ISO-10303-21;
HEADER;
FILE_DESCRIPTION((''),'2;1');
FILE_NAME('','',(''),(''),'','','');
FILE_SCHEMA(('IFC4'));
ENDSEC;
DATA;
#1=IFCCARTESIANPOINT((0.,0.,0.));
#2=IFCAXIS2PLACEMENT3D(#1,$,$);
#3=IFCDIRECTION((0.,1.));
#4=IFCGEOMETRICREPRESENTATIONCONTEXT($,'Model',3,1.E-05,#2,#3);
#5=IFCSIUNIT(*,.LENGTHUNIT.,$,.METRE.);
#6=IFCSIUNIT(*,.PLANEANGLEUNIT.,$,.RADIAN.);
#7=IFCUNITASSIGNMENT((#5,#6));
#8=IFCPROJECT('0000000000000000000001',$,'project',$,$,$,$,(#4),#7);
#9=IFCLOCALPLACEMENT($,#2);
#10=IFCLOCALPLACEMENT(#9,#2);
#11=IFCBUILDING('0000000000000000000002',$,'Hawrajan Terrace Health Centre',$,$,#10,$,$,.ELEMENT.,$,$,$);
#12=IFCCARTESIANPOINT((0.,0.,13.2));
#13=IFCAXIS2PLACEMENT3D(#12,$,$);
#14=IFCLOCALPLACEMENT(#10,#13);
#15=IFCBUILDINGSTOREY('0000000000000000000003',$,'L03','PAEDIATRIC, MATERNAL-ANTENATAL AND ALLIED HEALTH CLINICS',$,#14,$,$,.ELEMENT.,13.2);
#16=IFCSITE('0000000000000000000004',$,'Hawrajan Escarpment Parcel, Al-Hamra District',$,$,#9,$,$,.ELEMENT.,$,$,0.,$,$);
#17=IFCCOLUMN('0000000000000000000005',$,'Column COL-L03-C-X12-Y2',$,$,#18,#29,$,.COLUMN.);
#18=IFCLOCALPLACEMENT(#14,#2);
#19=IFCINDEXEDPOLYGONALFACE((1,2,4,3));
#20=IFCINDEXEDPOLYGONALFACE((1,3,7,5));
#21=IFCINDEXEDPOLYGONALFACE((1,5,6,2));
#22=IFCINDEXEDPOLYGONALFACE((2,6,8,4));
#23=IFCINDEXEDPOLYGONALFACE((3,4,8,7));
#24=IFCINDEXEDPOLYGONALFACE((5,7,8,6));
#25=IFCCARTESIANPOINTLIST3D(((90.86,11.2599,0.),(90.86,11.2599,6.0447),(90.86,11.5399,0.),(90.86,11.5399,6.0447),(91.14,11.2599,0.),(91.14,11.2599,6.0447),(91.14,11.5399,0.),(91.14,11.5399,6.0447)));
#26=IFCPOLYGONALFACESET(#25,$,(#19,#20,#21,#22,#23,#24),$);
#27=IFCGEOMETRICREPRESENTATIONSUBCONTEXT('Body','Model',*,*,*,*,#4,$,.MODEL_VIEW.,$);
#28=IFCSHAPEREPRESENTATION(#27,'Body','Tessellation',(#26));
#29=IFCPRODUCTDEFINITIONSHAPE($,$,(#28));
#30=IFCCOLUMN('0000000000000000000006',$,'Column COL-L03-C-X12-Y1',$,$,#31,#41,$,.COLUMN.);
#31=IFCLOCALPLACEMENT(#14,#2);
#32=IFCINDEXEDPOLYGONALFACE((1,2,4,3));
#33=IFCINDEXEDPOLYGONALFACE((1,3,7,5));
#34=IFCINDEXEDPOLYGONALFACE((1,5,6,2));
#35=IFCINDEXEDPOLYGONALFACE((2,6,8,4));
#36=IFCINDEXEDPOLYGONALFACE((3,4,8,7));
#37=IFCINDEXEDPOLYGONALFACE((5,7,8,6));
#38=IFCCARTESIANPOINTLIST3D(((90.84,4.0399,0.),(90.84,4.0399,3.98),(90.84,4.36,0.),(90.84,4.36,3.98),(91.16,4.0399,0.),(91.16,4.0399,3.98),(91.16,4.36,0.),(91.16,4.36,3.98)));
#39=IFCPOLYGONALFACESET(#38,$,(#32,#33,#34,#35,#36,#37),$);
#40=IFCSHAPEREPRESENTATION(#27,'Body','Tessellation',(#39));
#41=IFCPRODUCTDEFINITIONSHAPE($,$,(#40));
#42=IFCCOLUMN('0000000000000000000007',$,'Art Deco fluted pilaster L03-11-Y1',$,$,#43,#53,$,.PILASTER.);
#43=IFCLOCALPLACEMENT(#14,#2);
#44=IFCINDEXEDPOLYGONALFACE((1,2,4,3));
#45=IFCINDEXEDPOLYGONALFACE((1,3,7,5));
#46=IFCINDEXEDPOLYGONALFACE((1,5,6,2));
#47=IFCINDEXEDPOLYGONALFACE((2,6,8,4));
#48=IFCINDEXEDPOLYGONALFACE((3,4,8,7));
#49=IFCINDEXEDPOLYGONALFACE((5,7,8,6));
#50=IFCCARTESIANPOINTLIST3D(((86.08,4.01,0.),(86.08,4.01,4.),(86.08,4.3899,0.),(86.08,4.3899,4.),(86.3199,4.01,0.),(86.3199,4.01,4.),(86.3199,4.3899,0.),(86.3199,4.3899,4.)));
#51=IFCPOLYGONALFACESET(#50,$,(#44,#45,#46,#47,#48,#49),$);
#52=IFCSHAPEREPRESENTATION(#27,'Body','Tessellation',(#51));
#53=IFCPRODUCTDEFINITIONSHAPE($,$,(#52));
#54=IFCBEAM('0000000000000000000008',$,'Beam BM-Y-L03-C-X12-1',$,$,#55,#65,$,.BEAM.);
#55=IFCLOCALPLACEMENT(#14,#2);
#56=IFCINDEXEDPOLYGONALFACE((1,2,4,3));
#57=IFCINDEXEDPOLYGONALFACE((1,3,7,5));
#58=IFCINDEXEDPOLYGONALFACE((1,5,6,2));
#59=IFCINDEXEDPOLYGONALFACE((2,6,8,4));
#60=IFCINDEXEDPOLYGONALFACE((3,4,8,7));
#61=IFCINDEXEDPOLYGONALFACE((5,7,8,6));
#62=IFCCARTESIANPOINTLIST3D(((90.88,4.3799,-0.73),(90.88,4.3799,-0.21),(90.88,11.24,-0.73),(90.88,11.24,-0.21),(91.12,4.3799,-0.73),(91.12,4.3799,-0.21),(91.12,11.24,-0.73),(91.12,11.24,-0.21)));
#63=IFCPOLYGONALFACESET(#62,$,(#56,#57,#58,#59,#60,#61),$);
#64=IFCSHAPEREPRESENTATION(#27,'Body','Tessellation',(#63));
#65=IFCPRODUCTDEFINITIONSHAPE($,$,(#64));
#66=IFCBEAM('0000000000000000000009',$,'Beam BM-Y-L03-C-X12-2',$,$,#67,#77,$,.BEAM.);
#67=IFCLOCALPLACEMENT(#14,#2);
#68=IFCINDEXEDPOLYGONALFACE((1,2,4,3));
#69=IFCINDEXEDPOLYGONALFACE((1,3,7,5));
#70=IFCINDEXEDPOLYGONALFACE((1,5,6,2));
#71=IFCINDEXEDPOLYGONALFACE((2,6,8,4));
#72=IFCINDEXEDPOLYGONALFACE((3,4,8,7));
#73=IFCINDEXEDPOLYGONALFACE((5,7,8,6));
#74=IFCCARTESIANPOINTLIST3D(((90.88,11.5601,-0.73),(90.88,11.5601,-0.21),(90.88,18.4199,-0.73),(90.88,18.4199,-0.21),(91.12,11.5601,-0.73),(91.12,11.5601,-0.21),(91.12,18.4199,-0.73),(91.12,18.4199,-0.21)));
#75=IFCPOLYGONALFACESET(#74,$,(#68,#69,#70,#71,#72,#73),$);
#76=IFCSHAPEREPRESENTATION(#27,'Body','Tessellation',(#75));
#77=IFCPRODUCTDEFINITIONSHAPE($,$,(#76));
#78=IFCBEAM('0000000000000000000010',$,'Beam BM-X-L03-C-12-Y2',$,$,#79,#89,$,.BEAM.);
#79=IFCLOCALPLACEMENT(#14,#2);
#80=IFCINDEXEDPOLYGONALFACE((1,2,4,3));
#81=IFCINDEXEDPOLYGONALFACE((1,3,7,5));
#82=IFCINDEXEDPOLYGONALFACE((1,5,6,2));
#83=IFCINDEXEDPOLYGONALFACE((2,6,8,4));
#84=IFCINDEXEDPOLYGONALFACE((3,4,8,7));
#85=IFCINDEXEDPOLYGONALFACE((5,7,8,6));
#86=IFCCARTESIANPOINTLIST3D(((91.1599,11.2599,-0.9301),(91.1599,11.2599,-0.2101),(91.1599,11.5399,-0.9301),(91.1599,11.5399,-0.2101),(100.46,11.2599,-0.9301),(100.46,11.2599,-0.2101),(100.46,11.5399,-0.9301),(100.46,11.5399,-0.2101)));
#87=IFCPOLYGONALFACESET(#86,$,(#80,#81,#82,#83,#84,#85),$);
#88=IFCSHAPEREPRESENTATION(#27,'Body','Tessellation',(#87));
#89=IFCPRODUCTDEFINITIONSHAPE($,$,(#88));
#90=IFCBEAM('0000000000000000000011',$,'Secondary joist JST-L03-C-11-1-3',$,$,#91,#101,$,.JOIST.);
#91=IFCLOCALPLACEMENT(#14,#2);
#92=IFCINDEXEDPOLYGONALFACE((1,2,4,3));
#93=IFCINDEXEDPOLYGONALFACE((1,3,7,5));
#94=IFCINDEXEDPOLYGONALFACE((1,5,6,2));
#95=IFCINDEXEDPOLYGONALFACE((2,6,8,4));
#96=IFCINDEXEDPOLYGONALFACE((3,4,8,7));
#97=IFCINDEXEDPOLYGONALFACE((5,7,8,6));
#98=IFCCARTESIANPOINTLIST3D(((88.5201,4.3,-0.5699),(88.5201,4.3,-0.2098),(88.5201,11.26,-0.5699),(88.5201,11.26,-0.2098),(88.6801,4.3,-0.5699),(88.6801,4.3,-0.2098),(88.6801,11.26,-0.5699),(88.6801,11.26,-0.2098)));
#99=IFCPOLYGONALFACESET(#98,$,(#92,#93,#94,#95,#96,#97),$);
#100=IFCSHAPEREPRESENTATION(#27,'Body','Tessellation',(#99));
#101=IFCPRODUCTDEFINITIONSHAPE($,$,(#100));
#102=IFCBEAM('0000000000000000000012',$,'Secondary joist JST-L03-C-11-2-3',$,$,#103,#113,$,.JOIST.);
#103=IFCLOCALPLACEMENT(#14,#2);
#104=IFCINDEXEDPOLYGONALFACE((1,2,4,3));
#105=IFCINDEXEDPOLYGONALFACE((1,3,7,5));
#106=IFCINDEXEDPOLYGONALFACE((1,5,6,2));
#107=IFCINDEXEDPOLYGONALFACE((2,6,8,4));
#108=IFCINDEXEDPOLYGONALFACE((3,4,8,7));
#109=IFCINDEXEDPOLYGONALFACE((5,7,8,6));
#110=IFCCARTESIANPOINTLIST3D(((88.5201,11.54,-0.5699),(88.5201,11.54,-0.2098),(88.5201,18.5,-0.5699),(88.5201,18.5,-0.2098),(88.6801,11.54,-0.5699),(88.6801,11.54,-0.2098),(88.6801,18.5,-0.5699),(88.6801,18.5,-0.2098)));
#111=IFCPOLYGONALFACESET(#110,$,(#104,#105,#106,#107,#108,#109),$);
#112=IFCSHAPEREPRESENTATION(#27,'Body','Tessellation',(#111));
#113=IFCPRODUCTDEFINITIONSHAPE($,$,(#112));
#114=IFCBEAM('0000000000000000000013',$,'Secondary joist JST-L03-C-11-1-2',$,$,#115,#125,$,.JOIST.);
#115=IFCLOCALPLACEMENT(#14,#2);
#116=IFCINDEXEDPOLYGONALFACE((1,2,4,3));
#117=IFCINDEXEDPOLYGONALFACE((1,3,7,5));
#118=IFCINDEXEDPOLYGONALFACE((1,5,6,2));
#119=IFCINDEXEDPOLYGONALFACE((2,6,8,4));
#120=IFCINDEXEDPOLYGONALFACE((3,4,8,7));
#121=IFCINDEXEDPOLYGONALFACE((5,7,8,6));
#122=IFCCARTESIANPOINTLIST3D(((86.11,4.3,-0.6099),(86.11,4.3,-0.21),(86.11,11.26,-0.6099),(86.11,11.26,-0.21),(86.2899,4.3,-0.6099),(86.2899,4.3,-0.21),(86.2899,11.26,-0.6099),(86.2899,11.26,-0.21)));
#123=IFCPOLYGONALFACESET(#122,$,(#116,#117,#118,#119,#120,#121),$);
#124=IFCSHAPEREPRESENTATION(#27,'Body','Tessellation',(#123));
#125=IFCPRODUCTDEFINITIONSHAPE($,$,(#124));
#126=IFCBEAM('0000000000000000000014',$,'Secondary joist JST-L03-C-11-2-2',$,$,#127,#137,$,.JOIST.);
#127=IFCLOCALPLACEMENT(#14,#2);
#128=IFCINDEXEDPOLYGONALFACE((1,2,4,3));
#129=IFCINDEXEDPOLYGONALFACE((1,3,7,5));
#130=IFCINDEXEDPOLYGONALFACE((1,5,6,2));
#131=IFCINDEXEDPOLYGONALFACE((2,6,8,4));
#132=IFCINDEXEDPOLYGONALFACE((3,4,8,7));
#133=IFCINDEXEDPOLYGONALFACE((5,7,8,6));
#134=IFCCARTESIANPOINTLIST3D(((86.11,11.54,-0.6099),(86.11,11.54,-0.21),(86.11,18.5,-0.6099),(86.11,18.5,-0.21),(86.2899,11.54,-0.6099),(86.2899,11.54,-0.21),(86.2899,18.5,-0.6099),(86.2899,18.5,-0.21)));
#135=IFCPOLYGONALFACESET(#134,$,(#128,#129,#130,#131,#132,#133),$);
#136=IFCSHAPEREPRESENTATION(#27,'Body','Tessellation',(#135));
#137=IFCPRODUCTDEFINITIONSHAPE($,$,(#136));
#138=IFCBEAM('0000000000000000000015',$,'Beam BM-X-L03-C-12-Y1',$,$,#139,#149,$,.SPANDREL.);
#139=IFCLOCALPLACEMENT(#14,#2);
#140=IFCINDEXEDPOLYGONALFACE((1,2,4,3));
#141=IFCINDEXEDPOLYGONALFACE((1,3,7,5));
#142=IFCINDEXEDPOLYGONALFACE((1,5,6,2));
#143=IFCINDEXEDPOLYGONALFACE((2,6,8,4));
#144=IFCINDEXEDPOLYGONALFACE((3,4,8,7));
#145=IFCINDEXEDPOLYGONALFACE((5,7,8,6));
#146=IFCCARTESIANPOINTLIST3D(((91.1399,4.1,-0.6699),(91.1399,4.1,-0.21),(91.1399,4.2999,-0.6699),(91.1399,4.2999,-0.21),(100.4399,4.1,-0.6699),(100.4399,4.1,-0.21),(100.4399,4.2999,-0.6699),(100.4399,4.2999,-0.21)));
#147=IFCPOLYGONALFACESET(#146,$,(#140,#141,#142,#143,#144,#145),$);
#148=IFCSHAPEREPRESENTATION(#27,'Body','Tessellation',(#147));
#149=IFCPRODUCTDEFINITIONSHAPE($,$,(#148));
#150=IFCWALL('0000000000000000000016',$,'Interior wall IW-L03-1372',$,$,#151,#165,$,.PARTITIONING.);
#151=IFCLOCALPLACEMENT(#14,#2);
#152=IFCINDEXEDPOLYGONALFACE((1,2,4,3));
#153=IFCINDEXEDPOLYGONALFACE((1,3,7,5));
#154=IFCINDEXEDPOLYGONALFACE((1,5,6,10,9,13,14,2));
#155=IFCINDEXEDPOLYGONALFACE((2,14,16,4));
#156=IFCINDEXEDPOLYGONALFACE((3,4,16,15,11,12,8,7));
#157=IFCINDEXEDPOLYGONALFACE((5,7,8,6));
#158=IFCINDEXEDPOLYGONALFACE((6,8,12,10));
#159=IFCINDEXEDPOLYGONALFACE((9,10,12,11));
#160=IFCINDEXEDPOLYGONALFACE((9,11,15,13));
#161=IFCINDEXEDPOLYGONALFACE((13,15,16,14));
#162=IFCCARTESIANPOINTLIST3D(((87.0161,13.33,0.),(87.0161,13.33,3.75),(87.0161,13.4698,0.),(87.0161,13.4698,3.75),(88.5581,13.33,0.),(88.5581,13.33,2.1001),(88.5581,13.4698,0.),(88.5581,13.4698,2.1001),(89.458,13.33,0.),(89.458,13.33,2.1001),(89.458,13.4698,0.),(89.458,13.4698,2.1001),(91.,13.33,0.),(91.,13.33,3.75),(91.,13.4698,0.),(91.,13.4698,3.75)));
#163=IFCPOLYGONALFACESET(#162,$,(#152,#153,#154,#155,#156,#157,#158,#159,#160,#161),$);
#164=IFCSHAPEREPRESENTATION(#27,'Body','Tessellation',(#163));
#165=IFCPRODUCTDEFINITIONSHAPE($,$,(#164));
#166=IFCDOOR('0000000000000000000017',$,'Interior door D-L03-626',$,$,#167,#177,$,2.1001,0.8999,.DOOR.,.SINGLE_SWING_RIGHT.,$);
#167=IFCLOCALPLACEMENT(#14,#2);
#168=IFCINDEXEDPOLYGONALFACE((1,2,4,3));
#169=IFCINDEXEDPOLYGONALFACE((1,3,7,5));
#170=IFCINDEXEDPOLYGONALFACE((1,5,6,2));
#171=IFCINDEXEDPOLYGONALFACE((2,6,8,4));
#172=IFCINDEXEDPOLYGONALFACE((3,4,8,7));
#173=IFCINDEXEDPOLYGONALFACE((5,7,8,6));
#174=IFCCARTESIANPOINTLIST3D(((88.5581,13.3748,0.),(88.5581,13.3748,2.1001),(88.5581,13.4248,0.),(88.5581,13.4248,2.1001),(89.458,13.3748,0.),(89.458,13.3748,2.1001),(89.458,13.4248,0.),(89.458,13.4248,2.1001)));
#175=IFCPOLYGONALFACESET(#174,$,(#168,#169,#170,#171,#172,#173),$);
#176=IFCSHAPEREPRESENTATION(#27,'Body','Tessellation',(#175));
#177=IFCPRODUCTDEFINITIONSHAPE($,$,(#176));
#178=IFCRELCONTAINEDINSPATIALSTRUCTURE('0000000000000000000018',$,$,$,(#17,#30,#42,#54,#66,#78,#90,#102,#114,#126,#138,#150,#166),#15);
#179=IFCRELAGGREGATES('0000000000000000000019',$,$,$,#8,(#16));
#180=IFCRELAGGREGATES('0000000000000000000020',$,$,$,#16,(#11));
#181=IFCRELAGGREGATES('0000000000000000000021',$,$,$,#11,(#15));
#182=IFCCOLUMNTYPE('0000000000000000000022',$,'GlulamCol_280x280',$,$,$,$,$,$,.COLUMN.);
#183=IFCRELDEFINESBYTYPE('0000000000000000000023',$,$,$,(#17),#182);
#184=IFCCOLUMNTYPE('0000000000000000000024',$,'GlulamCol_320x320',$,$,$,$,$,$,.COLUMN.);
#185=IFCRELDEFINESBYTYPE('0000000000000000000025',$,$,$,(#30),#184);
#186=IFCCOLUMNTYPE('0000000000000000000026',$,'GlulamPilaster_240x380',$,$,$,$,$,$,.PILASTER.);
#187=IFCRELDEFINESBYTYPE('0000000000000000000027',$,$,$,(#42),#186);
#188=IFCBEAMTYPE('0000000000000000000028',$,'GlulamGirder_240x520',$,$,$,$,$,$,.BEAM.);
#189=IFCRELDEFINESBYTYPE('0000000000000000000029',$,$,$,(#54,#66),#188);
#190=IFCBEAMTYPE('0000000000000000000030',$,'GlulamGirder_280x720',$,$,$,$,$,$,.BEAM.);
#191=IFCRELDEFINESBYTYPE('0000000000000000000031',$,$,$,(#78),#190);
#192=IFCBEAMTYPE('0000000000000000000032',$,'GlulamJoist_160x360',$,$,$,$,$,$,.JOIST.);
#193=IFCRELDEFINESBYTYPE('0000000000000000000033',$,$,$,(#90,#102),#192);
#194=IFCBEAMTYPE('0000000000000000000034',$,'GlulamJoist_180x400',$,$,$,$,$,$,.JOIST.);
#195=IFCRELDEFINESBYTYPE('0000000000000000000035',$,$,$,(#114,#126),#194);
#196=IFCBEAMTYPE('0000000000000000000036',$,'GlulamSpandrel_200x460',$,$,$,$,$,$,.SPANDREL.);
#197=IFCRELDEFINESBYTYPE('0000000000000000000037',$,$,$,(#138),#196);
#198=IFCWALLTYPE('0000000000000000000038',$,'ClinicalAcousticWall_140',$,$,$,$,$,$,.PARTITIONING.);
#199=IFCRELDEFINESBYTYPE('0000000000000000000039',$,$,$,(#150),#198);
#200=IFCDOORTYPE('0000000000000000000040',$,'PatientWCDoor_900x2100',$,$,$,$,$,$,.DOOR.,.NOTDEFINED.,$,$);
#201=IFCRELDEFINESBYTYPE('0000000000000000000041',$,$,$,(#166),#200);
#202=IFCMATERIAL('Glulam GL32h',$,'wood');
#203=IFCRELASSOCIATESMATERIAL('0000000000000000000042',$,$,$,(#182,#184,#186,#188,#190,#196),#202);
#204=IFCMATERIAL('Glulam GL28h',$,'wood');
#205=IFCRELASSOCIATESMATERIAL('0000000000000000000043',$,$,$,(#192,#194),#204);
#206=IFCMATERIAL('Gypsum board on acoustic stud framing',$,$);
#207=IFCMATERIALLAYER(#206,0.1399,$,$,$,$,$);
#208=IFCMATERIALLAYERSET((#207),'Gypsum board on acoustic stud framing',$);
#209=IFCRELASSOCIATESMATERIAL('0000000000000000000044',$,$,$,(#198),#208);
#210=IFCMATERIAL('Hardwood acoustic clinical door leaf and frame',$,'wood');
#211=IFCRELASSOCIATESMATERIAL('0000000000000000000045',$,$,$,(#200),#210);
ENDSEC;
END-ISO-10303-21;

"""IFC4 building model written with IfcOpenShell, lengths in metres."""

from ifc_helpers import new_model, si_unit, direction, frame, frame_2d, origin, origin_2d, place, context, subcontext, project, spatial, rectangle, extrude, material, layer, layer_set, material_profile, profile_set, type_object, element, fill, save


model = new_model("IFC4")

# Units and contexts
model_context = context("Model", 3, precision=1e-05, world=origin(), true_north=direction((0.0, 1.0)))
body_context = subcontext(model_context, "Body", "Model", "MODEL_VIEW")
ifc_project = project(units=[si_unit("LENGTHUNIT", "METRE"), si_unit("PLANEANGLEUNIT", "RADIAN")], contexts=[model_context])

# Site, building, storey
site_placement = place(None, origin())
site = spatial("IfcSite", under=ifc_project, at=site_placement, Name="Hawrajan Escarpment Parcel, Al-Hamra District", CompositionType="ELEMENT", RefElevation=0.0)
building_placement = place(site_placement, origin())
building = spatial("IfcBuilding", under=site, at=building_placement, Name="Hawrajan Terrace Health Centre", CompositionType="ELEMENT")
storey_placement = place(building_placement, frame((0.0, 0.0, 13.2)))
storey = spatial("IfcBuildingStorey", under=building, at=storey_placement, Name="L03", Description="PAEDIATRIC, MATERNAL-ANTENATAL AND ALLIED HEALTH CLINICS", CompositionType="ELEMENT", Elevation=13.2)

# Columns
ifc_material_1 = material(Name="Glulam GL32h", Category="wood")
ifc_material_profile_1 = material_profile(ifc_material_1, rectangle(XDim=0.28, YDim=0.28, at=origin_2d()), Name="GL 280x280")
ifc_profile_set_1 = profile_set([ifc_material_profile_1], Name="Glulam GL32h")
column_type_1 = type_object("IfcColumnType", Name="GlulamCol_280x280", PredefinedType="COLUMN", material=ifc_profile_set_1)
column_1_placement = place(storey_placement, frame((91.0, 11.3999, 0.0), z_axis=(0.0, 0.0, 1.0), x_axis=(1.0, 0.0, 0.0)))
element("IfcColumn", 1, at=column_1_placement, inside=storey, type_object=column_type_1, Name="Column COL-L03-C-X12-Y2", PredefinedType="COLUMN", context=body_context, shape_type="SweptSolid", body=[
    extrude(rectangle(XDim=0.28, YDim=0.28, at=origin_2d()), origin(), (0.0, 0.0, 1.0), 6.0447),
])
ifc_material_profile_2 = material_profile(ifc_material_1, rectangle(XDim=0.3201, YDim=0.3201, at=origin_2d()), Name="GL 320x320")
ifc_profile_set_2 = profile_set([ifc_material_profile_2], Name="Glulam GL32h")
column_type_2 = type_object("IfcColumnType", Name="GlulamCol_320x320", PredefinedType="COLUMN", material=ifc_profile_set_2)
column_2_placement = place(storey_placement, frame((91.0, 4.2, 0.0), z_axis=(0.0, 0.0, 1.0), x_axis=(1.0, 0.0, 0.0)))
element("IfcColumn", 2, at=column_2_placement, inside=storey, type_object=column_type_2, Name="Column COL-L03-C-X12-Y1", PredefinedType="COLUMN", context=body_context, shape_type="SweptSolid", body=[
    extrude(rectangle(XDim=0.3201, YDim=0.3201, at=origin_2d()), origin(), (0.0, 0.0, 1.0), 3.98),
])
ifc_material_profile_3 = material_profile(ifc_material_1, rectangle(XDim=0.24, YDim=0.3799, at=origin_2d()), Name="GL PIL 240x380")
ifc_profile_set_3 = profile_set([ifc_material_profile_3], Name="Glulam GL32h")
column_type_3 = type_object("IfcColumnType", Name="GlulamPilaster_240x380", PredefinedType="PILASTER", material=ifc_profile_set_3)
column_3_placement = place(storey_placement, frame((86.2, 4.2, 0.0), z_axis=(0.0, 0.0, 1.0), x_axis=(1.0, 0.0, 0.0)))
element("IfcColumn", 3, at=column_3_placement, inside=storey, type_object=column_type_3, Name="Art Deco fluted pilaster L03-11-Y1", PredefinedType="PILASTER", context=body_context, shape_type="SweptSolid", body=[
    extrude(rectangle(XDim=0.24, YDim=0.3799, at=origin_2d()), origin(), (0.0, 0.0, 1.0), 4.0),
])

# Beams
ifc_material_profile_4 = material_profile(ifc_material_1, rectangle(XDim=0.24, YDim=0.52, at=origin_2d()), Name="GL BM 240x520")
ifc_profile_set_4 = profile_set([ifc_material_profile_4], Name="Glulam GL32h")
beam_type_1 = type_object("IfcBeamType", Name="GlulamGirder_240x520", PredefinedType="BEAM", material=ifc_profile_set_4)
beam_1_placement = place(storey_placement, frame((91.0, 4.3799, -0.47), z_axis=(0.0, 1.0, 0.0), x_axis=(-1.0, 0.0, 0.0)))
element("IfcBeam", 4, at=beam_1_placement, inside=storey, type_object=beam_type_1, Name="Beam BM-Y-L03-C-X12-1", PredefinedType="BEAM", context=body_context, shape_type="SweptSolid", body=[
    extrude(rectangle(XDim=0.24, YDim=0.52, at=origin_2d()), origin(), (0.0, 0.0, 1.0), 6.8601),
])
beam_2_placement = place(storey_placement, frame((91.0, 11.5601, -0.47), z_axis=(0.0, 1.0, 0.0), x_axis=(-1.0, 0.0, 0.0)))
element("IfcBeam", 5, at=beam_2_placement, inside=storey, type_object=beam_type_1, Name="Beam BM-Y-L03-C-X12-2", PredefinedType="BEAM", context=body_context, shape_type="SweptSolid", body=[
    extrude(rectangle(XDim=0.24, YDim=0.52, at=origin_2d()), origin(), (0.0, 0.0, 1.0), 6.8599),
])
ifc_material_profile_5 = material_profile(ifc_material_1, rectangle(XDim=0.28, YDim=0.72, at=origin_2d()), Name="GL BM 280x720")
ifc_profile_set_5 = profile_set([ifc_material_profile_5], Name="Glulam GL32h")
beam_type_2 = type_object("IfcBeamType", Name="GlulamGirder_280x720", PredefinedType="BEAM", material=ifc_profile_set_5)
beam_3_placement = place(storey_placement, frame((91.1599, 11.3999, -0.5701), z_axis=(1.0, 0.0, 0.0), x_axis=(0.0, 1.0, 0.0)))
element("IfcBeam", 6, at=beam_3_placement, inside=storey, type_object=beam_type_2, Name="Beam BM-X-L03-C-12-Y2", PredefinedType="BEAM", context=body_context, shape_type="SweptSolid", body=[
    extrude(rectangle(XDim=0.28, YDim=0.72, at=origin_2d()), origin(), (0.0, 0.0, 1.0), 9.3),
])
ifc_material_2 = material(Name="Glulam GL28h", Category="wood")
ifc_material_profile_6 = material_profile(ifc_material_2, rectangle(XDim=0.1599, YDim=0.3601, at=origin_2d()), Name="GL JST 160x360")
ifc_profile_set_6 = profile_set([ifc_material_profile_6], Name="Glulam GL28h")
beam_type_3 = type_object("IfcBeamType", Name="GlulamJoist_160x360", PredefinedType="JOIST", material=ifc_profile_set_6)
for number, where, z_axis, x_axis, name in (
    (7, (88.6001, 4.3, -0.3899), (0.0, 1.0, 0.0), (-1.0, 0.0, 0.0), "Secondary joist JST-L03-C-11-1-3"),
    (8, (88.6001, 11.54, -0.3899), (0.0, 1.0, 0.0), (-1.0, 0.0, 0.0), "Secondary joist JST-L03-C-11-2-3"),
):
    element("IfcBeam", number, at=place(storey_placement, frame(where, z_axis=z_axis, x_axis=x_axis)), inside=storey, type_object=beam_type_3, Name=name, PredefinedType="JOIST", context=body_context, shape_type="SweptSolid", body=[
        extrude(rectangle(XDim=0.1599, YDim=0.3601, at=origin_2d()), origin(), (0.0, 0.0, 1.0), 6.96),
    ])
ifc_material_profile_7 = material_profile(ifc_material_2, rectangle(XDim=0.1799, YDim=0.3999, at=origin_2d()), Name="GL JST 180x400")
ifc_profile_set_7 = profile_set([ifc_material_profile_7], Name="Glulam GL28h")
beam_type_4 = type_object("IfcBeamType", Name="GlulamJoist_180x400", PredefinedType="JOIST", material=ifc_profile_set_7)
for number, where, z_axis, x_axis, name in (
    (9, (86.2, 4.3, -0.4099), (0.0, 1.0, 0.0), (-1.0, 0.0, 0.0), "Secondary joist JST-L03-C-11-1-2"),
    (10, (86.2, 11.54, -0.4099), (0.0, 1.0, 0.0), (-1.0, 0.0, 0.0), "Secondary joist JST-L03-C-11-2-2"),
):
    element("IfcBeam", number, at=place(storey_placement, frame(where, z_axis=z_axis, x_axis=x_axis)), inside=storey, type_object=beam_type_4, Name=name, PredefinedType="JOIST", context=body_context, shape_type="SweptSolid", body=[
        extrude(rectangle(XDim=0.1799, YDim=0.3999, at=origin_2d()), origin(), (0.0, 0.0, 1.0), 6.96),
    ])
ifc_material_profile_8 = material_profile(ifc_material_1, rectangle(XDim=0.2, YDim=0.46, at=origin_2d()), Name="GL SP 200x460")
ifc_profile_set_8 = profile_set([ifc_material_profile_8], Name="Glulam GL32h")
beam_type_5 = type_object("IfcBeamType", Name="GlulamSpandrel_200x460", PredefinedType="SPANDREL", material=ifc_profile_set_8)
beam_4_placement = place(storey_placement, frame((91.1399, 4.2, -0.4399), z_axis=(1.0, 0.0, 0.0), x_axis=(0.0, 1.0, 0.0)))
element("IfcBeam", 11, at=beam_4_placement, inside=storey, type_object=beam_type_5, Name="Beam BM-X-L03-C-12-Y1", PredefinedType="SPANDREL", context=body_context, shape_type="SweptSolid", body=[
    extrude(rectangle(XDim=0.2, YDim=0.46, at=origin_2d()), origin(), (0.0, 0.0, 1.0), 9.3),
])

# Wall, opening, door
ifc_material_3 = material(Name="Gypsum board on acoustic stud framing")
ifc_layer_1 = layer(ifc_material_3, 0.1399)
ifc_layer_set_1 = layer_set([ifc_layer_1], Name="Gypsum board on acoustic stud framing")
wall_type_1 = type_object("IfcWallType", Name="ClinicalAcousticWall_140", PredefinedType="PARTITIONING", material=ifc_layer_set_1)
wall_1_placement = place(storey_placement, frame((87.0161, 13.3999, 0.0), z_axis=(0.0, 0.0, 1.0), x_axis=(1.0, 0.0, 0.0)))
wall_1 = element("IfcWall", 12, at=wall_1_placement, inside=storey, type_object=wall_type_1, Name="Interior wall IW-L03-1372", PredefinedType="PARTITIONING", context=body_context, shape_type="SweptSolid", body=[
    extrude(rectangle(XDim=3.9839, YDim=0.1399, at=frame_2d((1.9919, 0.0))), origin(), (0.0, 0.0, 1.0), 3.75),
])
opening_1_placement = place(wall_1_placement, frame((1.542, 0.0, 0.0)))
opening_1 = element("IfcOpeningElement", 13, at=opening_1_placement, cuts=wall_1, PredefinedType="OPENING", context=body_context, shape_type="SweptSolid", body=[
    extrude(rectangle(XDim=0.8999, YDim=2.1001, at=frame_2d((0.45, 1.05))), frame((0.0, 0.0798, 0.0), z_axis=(0.0, -1.0, 0.0), x_axis=(1.0, 0.0, 0.0)), (0.0, 0.0, 1.0), 0.1599),
])
ifc_material_4 = material(Name="Hardwood acoustic clinical door leaf and frame", Category="wood")
door_type = type_object("IfcDoorType", Name="PatientWCDoor_900x2100", OperationType="NOTDEFINED", PredefinedType="DOOR", material=ifc_material_4)
door_1_placement = place(opening_1_placement, origin())
door_1 = element("IfcDoor", 14, at=door_1_placement, inside=storey, type_object=door_type, Name="Interior door D-L03-626", OperationType="SINGLE_SWING_RIGHT", OverallHeight=2.1001, OverallWidth=0.8999, PredefinedType="DOOR", context=body_context, shape_type="SweptSolid", body=[
    extrude(rectangle(XDim=0.8999, YDim=2.1001, at=frame_2d((0.45, 1.05))), frame((0.0, 0.0249, 0.0), z_axis=(0.0, -1.0, 0.0), x_axis=(1.0, 0.0, 0.0)), (0.0, 0.0, 1.0), 0.05),
])
fill(opening_1, door_1)

save(model, "model.ifc")
